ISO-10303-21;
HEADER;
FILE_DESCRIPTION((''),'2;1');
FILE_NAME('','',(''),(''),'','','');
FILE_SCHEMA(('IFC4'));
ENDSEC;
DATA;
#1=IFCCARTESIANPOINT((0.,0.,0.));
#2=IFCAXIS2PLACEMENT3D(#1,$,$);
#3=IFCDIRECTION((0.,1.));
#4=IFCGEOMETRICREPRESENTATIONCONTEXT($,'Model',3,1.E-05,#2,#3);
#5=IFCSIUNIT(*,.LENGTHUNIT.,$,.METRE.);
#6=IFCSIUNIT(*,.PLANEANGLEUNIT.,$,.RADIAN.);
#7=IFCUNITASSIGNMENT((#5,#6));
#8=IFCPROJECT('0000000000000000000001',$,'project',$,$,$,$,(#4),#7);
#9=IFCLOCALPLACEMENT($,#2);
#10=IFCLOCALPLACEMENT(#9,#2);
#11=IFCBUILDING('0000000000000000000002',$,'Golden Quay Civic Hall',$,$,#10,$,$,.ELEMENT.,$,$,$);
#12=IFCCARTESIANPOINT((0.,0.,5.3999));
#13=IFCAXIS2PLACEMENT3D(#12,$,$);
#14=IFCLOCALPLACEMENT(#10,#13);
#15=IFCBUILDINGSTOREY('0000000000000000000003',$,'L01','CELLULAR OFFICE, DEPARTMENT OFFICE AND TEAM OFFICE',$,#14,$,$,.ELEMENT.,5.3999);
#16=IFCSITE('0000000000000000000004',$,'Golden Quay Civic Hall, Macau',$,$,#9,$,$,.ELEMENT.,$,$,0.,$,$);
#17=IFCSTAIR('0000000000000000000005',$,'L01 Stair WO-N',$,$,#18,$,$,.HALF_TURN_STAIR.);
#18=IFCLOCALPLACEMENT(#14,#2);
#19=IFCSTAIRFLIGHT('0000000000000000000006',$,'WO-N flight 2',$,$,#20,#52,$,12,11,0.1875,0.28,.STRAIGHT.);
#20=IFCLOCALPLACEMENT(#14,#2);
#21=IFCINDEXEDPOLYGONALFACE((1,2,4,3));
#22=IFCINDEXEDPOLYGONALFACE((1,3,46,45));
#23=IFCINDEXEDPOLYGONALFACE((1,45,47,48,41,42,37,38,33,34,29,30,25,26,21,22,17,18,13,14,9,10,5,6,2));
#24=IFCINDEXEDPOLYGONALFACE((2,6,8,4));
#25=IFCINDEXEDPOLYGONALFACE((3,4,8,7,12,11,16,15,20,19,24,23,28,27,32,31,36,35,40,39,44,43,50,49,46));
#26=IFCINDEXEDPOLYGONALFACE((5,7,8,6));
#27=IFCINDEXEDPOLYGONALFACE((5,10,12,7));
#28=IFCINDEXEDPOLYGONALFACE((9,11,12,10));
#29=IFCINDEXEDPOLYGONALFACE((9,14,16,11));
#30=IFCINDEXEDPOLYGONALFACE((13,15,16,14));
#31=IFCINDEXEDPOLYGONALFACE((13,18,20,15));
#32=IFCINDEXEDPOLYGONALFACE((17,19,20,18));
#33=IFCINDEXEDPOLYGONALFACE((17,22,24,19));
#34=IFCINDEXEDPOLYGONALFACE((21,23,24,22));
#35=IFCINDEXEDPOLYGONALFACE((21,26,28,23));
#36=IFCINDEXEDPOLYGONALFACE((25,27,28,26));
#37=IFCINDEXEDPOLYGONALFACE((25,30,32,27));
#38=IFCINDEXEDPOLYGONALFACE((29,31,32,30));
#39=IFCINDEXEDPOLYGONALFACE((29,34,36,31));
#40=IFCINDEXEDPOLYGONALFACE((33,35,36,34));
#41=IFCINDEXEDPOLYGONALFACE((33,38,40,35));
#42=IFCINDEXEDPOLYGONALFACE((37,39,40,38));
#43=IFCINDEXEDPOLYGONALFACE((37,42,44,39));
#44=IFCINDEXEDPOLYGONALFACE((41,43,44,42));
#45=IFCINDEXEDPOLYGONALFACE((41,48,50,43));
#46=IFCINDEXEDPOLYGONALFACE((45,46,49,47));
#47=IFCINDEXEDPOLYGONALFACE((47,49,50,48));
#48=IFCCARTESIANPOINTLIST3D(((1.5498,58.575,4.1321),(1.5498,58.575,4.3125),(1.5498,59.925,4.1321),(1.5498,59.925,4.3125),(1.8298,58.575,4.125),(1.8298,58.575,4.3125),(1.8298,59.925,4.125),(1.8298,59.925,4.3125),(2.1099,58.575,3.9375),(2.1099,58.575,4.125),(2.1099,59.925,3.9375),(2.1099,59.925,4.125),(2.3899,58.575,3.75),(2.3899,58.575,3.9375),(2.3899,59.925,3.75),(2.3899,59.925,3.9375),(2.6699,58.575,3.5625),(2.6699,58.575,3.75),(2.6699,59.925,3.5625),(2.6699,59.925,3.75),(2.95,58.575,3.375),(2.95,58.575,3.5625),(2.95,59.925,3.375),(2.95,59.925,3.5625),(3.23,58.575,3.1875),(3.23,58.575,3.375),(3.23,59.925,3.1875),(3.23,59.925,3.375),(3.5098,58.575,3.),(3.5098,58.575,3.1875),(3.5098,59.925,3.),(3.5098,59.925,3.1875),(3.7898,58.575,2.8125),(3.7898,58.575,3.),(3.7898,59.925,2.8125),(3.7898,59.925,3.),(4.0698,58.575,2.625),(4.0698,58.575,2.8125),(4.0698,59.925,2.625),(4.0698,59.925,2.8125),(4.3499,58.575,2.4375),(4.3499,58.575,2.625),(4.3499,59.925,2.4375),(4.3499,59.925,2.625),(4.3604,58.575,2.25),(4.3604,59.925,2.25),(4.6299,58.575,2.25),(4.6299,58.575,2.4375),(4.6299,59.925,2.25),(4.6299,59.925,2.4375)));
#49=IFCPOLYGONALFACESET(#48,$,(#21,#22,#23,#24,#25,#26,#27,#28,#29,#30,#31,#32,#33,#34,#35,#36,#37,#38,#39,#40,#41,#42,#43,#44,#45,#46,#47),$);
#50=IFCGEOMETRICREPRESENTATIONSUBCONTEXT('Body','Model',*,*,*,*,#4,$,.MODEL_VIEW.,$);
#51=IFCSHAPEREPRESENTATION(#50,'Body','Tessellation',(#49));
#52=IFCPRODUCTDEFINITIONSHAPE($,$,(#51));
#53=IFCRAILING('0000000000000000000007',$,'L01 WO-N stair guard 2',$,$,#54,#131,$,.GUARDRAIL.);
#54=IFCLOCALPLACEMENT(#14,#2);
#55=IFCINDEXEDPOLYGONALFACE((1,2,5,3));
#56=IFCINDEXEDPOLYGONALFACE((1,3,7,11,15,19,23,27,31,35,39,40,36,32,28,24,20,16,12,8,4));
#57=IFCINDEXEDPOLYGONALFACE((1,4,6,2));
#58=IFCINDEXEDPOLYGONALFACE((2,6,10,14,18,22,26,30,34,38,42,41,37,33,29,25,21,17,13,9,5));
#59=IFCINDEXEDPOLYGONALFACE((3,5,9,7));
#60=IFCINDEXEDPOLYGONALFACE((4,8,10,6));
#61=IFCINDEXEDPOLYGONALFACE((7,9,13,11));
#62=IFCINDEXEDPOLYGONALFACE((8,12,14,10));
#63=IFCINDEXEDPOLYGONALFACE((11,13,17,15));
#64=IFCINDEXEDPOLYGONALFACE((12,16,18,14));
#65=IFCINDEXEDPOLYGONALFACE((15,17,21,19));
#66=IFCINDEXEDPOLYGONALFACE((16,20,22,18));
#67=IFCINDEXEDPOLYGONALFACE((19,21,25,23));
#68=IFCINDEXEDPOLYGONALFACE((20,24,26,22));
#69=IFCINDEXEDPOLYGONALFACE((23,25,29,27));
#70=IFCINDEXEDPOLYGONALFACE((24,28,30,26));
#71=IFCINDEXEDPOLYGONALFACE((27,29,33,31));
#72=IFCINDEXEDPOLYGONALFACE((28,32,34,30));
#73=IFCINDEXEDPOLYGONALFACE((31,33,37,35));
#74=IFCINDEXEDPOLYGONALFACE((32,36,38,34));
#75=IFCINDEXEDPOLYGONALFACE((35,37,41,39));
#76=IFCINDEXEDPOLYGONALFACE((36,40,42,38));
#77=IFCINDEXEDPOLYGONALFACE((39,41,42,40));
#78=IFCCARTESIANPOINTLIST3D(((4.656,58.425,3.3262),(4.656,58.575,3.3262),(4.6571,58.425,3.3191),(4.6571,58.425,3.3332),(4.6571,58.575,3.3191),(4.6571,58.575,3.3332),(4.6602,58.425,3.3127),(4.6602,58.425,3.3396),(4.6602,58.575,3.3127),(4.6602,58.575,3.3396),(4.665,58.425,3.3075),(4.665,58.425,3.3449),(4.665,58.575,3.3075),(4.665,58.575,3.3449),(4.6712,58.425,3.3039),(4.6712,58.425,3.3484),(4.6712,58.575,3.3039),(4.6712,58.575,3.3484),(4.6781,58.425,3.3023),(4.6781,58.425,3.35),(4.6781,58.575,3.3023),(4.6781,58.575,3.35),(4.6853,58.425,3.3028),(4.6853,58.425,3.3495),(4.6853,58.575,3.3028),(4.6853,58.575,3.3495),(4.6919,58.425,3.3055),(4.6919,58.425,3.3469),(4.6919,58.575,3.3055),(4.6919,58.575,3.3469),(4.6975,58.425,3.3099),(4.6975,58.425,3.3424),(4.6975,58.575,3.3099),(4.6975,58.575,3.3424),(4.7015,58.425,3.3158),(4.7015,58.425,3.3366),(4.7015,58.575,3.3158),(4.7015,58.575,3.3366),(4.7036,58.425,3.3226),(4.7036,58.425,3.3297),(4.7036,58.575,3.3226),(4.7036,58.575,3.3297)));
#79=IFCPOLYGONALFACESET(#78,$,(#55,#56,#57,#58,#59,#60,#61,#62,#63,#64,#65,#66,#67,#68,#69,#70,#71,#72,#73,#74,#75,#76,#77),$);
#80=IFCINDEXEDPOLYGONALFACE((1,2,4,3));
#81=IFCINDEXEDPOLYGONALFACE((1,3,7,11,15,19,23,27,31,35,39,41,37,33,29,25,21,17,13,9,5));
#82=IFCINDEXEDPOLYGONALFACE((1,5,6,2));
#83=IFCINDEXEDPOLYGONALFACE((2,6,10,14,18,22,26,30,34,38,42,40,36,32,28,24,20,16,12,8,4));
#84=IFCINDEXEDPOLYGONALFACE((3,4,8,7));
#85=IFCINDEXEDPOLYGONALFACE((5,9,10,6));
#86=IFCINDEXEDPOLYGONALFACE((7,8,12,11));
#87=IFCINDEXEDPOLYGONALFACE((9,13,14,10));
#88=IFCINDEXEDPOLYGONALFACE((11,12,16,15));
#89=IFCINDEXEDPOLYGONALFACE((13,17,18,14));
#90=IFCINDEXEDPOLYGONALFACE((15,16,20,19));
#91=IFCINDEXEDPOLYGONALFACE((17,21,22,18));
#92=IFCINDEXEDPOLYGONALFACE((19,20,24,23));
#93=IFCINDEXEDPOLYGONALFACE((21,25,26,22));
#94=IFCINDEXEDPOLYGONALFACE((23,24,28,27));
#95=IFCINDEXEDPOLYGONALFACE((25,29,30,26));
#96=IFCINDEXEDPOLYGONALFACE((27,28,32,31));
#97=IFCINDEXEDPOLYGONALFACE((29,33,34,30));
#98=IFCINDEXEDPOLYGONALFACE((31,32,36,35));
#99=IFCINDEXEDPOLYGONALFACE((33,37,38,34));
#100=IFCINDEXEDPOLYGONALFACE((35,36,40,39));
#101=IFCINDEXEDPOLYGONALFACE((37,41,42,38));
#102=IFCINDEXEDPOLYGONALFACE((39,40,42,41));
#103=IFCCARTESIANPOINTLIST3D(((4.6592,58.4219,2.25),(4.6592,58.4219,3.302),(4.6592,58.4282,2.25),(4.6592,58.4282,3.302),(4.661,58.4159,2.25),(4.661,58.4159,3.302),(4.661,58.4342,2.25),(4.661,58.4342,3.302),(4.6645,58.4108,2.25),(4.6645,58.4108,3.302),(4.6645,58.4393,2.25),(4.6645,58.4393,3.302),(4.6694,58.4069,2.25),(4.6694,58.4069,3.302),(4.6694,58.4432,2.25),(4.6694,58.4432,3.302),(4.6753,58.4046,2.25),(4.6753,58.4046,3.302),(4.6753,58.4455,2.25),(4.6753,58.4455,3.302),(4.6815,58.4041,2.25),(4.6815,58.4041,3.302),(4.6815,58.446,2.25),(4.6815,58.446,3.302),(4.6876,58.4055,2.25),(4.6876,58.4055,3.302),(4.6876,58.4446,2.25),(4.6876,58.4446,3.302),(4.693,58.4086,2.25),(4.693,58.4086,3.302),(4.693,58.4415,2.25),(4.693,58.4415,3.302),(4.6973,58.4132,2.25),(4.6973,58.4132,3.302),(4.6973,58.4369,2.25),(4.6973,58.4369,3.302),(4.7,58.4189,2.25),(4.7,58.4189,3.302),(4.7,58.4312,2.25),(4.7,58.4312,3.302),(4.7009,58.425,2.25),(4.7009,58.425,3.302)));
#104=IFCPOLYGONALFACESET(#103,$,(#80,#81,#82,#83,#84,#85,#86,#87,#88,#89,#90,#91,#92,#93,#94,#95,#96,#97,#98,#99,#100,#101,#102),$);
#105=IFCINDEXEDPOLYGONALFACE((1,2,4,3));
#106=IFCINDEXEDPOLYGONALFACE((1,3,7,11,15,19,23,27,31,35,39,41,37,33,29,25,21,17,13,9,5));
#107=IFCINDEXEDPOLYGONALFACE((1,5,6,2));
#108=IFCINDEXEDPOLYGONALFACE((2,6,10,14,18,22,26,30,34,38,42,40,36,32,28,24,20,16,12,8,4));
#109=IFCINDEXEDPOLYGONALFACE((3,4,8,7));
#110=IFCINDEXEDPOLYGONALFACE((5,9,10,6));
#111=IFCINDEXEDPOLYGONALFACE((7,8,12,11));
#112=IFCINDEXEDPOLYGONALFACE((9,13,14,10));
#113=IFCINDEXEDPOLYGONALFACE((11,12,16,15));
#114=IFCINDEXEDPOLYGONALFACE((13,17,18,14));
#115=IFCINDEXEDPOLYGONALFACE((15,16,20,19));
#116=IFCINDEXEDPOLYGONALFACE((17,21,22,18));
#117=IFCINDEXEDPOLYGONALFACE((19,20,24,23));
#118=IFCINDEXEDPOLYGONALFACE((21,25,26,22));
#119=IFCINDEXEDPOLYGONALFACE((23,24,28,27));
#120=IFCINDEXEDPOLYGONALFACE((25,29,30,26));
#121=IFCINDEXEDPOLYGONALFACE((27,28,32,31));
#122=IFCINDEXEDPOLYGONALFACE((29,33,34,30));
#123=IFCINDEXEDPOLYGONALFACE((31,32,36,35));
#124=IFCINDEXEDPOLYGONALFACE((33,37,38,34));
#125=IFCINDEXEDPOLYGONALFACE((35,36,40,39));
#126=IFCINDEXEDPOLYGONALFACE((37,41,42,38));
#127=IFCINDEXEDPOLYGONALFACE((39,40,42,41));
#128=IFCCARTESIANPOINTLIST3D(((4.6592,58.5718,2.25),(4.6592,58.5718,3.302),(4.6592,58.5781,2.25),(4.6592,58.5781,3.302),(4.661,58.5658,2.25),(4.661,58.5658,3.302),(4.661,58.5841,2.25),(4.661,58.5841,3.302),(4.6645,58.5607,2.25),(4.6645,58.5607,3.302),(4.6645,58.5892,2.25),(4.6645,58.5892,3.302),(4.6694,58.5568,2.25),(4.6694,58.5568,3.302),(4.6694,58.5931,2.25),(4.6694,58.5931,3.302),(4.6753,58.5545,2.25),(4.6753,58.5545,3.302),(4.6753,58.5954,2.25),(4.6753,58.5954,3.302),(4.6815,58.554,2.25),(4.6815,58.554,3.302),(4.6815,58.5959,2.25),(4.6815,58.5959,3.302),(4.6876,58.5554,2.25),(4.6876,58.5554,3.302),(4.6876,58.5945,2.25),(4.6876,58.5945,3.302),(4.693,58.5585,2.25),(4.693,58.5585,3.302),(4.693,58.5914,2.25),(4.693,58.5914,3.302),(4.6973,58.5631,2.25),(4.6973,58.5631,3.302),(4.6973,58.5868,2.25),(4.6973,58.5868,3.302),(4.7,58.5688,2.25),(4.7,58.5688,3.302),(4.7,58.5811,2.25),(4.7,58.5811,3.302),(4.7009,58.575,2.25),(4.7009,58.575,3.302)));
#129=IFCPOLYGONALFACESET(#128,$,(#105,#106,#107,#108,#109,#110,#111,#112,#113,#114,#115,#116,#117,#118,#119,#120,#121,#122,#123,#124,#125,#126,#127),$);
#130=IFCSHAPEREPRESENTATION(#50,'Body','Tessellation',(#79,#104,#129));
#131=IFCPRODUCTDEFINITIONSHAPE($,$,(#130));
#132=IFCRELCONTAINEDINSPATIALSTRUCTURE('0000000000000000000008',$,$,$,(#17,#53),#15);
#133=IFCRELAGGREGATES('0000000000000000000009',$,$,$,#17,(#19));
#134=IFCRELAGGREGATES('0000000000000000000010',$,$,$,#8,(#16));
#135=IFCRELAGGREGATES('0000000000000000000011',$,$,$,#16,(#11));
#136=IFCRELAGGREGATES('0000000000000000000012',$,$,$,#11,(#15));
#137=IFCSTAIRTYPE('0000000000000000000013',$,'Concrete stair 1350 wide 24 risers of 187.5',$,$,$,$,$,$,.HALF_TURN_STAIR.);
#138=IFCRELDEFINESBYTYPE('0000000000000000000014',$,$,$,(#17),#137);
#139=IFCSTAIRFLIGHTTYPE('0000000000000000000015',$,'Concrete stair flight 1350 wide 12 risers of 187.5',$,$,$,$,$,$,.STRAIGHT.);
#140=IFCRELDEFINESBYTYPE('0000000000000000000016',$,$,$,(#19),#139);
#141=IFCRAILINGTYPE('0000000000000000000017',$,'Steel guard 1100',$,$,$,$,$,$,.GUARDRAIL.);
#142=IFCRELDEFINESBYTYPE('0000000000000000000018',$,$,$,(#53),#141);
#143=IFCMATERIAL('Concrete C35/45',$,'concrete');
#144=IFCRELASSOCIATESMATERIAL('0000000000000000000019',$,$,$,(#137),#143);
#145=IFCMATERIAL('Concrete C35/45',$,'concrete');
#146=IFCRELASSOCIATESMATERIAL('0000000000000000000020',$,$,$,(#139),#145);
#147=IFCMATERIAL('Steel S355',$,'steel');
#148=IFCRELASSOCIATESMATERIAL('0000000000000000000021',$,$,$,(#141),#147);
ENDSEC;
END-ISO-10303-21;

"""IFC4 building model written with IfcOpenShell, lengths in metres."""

from ifc_helpers import new_model, si_unit, direction, frame, origin, origin_2d, place, context, subcontext, project, spatial, polyline, circle, outline, extrude, material, type_object, element, aggregate, save


model = new_model("IFC4")

# Units and contexts
model_context = context("Model", 3, precision=1e-05, world=origin(), true_north=direction((0.0, 1.0)))
body_context = subcontext(model_context, "Body", "Model", "MODEL_VIEW")
ifc_project = project(units=[si_unit("LENGTHUNIT", "METRE"), si_unit("PLANEANGLEUNIT", "RADIAN")], contexts=[model_context])

# Site, building, storey
site_placement = place(None, origin())
site = spatial("IfcSite", under=ifc_project, at=site_placement, Name="Golden Quay Civic Hall, Macau", CompositionType="ELEMENT", RefElevation=0.0)
building_placement = place(site_placement, origin())
building = spatial("IfcBuilding", under=site, at=building_placement, Name="Golden Quay Civic Hall", CompositionType="ELEMENT")
storey_placement = place(building_placement, frame((0.0, 0.0, 5.3999)))
storey = spatial("IfcBuildingStorey", under=building, at=storey_placement, Name="L01", Description="CELLULAR OFFICE, DEPARTMENT OFFICE AND TEAM OFFICE", CompositionType="ELEMENT", Elevation=5.3999)

# Stair, stair flight
ifc_material_1 = material(Name="Concrete C35/45", Category="concrete")
stair_type = type_object("IfcStairType", Name="Concrete stair 1350 wide 24 risers of 187.5", PredefinedType="HALF_TURN_STAIR", material=ifc_material_1)
stair_placement = place(storey_placement, origin())
stair = element("IfcStair", 1, at=stair_placement, inside=storey, type_object=stair_type, Name="L01 Stair WO-N", PredefinedType="HALF_TURN_STAIR")
ifc_material_2 = material(Name="Concrete C35/45", Category="concrete")
stair_flight_type = type_object("IfcStairFlightType", Name="Concrete stair flight 1350 wide 12 risers of 187.5", PredefinedType="STRAIGHT", material=ifc_material_2)
stair_flight_placement = place(storey_placement, frame((4.6299, 59.25, 2.25), z_axis=(0.0, 0.0, 1.0), x_axis=(-1.0, 0.0, 0.0)))
stair_flight = element("IfcStairFlight", 2, at=stair_flight_placement, type_object=stair_flight_type, Name="WO-N flight 2", NumberOfRisers=12, NumberOfTreads=11, PredefinedType="STRAIGHT", RiserHeight=0.1875, TreadLength=0.28, context=body_context, shape_type="SweptSolid", body=[
    extrude(outline(polyline([(0.0, 0.0), (0.0, 0.1875), (0.28, 0.1875), (0.28, 0.375), (0.5601, 0.375), (0.5601, 0.5625), (0.8401, 0.5625), (0.8401, 0.75), (1.1201, 0.75), (1.1201, 0.9375), (1.3999, 0.9375), (1.3999, 1.125), (1.6799, 1.125), (1.6799, 1.3125), (1.96, 1.3125), (1.96, 1.5), (2.24, 1.5), (2.24, 1.6875), (2.52, 1.6875), (2.52, 1.875), (2.8, 1.875), (2.8, 2.0625), (3.0801, 2.0625), (3.0801, 2.25), (3.0801, 1.8821), (0.2695, 0.0), (0.0, 0.0)])), frame((0.0, 0.675, 0.0), z_axis=(0.0, -1.0, 0.0), x_axis=(1.0, 0.0, 0.0)), (0.0, 0.0, 1.0), 1.35),
])
aggregate(stair, [stair_flight])

# Railing
ifc_material_3 = material(Name="Steel S355", Category="steel")
railing_type_1 = type_object("IfcRailingType", Name="Steel guard 1100", PredefinedType="GUARDRAIL", material=ifc_material_3)
railing_1_placement = place(storey_placement, frame((4.6799, 58.425, 2.25)))
element("IfcRailing", 3, at=railing_1_placement, inside=storey, type_object=railing_type_1, Name="L01 WO-N stair guard 2", PredefinedType="GUARDRAIL", context=body_context, shape_type="SweptSolid", body=[
    extrude(circle(Radius=0.0239, at=origin_2d()), frame((0.0, 0.0, 1.0762), z_axis=(0.0, 1.0, 0.0), x_axis=(-1.0, 0.0, 0.0)), (0.0, 0.0, 1.0), 0.1499),
    extrude(circle(Radius=0.021, at=origin_2d()), origin(), (0.0, 0.0, 1.0), 1.052),
    extrude(circle(Radius=0.021, at=origin_2d()), frame((0.0, 0.1499, 0.0)), (0.0, 0.0, 1.0), 1.052),
])

save(model, "model.ifc")
